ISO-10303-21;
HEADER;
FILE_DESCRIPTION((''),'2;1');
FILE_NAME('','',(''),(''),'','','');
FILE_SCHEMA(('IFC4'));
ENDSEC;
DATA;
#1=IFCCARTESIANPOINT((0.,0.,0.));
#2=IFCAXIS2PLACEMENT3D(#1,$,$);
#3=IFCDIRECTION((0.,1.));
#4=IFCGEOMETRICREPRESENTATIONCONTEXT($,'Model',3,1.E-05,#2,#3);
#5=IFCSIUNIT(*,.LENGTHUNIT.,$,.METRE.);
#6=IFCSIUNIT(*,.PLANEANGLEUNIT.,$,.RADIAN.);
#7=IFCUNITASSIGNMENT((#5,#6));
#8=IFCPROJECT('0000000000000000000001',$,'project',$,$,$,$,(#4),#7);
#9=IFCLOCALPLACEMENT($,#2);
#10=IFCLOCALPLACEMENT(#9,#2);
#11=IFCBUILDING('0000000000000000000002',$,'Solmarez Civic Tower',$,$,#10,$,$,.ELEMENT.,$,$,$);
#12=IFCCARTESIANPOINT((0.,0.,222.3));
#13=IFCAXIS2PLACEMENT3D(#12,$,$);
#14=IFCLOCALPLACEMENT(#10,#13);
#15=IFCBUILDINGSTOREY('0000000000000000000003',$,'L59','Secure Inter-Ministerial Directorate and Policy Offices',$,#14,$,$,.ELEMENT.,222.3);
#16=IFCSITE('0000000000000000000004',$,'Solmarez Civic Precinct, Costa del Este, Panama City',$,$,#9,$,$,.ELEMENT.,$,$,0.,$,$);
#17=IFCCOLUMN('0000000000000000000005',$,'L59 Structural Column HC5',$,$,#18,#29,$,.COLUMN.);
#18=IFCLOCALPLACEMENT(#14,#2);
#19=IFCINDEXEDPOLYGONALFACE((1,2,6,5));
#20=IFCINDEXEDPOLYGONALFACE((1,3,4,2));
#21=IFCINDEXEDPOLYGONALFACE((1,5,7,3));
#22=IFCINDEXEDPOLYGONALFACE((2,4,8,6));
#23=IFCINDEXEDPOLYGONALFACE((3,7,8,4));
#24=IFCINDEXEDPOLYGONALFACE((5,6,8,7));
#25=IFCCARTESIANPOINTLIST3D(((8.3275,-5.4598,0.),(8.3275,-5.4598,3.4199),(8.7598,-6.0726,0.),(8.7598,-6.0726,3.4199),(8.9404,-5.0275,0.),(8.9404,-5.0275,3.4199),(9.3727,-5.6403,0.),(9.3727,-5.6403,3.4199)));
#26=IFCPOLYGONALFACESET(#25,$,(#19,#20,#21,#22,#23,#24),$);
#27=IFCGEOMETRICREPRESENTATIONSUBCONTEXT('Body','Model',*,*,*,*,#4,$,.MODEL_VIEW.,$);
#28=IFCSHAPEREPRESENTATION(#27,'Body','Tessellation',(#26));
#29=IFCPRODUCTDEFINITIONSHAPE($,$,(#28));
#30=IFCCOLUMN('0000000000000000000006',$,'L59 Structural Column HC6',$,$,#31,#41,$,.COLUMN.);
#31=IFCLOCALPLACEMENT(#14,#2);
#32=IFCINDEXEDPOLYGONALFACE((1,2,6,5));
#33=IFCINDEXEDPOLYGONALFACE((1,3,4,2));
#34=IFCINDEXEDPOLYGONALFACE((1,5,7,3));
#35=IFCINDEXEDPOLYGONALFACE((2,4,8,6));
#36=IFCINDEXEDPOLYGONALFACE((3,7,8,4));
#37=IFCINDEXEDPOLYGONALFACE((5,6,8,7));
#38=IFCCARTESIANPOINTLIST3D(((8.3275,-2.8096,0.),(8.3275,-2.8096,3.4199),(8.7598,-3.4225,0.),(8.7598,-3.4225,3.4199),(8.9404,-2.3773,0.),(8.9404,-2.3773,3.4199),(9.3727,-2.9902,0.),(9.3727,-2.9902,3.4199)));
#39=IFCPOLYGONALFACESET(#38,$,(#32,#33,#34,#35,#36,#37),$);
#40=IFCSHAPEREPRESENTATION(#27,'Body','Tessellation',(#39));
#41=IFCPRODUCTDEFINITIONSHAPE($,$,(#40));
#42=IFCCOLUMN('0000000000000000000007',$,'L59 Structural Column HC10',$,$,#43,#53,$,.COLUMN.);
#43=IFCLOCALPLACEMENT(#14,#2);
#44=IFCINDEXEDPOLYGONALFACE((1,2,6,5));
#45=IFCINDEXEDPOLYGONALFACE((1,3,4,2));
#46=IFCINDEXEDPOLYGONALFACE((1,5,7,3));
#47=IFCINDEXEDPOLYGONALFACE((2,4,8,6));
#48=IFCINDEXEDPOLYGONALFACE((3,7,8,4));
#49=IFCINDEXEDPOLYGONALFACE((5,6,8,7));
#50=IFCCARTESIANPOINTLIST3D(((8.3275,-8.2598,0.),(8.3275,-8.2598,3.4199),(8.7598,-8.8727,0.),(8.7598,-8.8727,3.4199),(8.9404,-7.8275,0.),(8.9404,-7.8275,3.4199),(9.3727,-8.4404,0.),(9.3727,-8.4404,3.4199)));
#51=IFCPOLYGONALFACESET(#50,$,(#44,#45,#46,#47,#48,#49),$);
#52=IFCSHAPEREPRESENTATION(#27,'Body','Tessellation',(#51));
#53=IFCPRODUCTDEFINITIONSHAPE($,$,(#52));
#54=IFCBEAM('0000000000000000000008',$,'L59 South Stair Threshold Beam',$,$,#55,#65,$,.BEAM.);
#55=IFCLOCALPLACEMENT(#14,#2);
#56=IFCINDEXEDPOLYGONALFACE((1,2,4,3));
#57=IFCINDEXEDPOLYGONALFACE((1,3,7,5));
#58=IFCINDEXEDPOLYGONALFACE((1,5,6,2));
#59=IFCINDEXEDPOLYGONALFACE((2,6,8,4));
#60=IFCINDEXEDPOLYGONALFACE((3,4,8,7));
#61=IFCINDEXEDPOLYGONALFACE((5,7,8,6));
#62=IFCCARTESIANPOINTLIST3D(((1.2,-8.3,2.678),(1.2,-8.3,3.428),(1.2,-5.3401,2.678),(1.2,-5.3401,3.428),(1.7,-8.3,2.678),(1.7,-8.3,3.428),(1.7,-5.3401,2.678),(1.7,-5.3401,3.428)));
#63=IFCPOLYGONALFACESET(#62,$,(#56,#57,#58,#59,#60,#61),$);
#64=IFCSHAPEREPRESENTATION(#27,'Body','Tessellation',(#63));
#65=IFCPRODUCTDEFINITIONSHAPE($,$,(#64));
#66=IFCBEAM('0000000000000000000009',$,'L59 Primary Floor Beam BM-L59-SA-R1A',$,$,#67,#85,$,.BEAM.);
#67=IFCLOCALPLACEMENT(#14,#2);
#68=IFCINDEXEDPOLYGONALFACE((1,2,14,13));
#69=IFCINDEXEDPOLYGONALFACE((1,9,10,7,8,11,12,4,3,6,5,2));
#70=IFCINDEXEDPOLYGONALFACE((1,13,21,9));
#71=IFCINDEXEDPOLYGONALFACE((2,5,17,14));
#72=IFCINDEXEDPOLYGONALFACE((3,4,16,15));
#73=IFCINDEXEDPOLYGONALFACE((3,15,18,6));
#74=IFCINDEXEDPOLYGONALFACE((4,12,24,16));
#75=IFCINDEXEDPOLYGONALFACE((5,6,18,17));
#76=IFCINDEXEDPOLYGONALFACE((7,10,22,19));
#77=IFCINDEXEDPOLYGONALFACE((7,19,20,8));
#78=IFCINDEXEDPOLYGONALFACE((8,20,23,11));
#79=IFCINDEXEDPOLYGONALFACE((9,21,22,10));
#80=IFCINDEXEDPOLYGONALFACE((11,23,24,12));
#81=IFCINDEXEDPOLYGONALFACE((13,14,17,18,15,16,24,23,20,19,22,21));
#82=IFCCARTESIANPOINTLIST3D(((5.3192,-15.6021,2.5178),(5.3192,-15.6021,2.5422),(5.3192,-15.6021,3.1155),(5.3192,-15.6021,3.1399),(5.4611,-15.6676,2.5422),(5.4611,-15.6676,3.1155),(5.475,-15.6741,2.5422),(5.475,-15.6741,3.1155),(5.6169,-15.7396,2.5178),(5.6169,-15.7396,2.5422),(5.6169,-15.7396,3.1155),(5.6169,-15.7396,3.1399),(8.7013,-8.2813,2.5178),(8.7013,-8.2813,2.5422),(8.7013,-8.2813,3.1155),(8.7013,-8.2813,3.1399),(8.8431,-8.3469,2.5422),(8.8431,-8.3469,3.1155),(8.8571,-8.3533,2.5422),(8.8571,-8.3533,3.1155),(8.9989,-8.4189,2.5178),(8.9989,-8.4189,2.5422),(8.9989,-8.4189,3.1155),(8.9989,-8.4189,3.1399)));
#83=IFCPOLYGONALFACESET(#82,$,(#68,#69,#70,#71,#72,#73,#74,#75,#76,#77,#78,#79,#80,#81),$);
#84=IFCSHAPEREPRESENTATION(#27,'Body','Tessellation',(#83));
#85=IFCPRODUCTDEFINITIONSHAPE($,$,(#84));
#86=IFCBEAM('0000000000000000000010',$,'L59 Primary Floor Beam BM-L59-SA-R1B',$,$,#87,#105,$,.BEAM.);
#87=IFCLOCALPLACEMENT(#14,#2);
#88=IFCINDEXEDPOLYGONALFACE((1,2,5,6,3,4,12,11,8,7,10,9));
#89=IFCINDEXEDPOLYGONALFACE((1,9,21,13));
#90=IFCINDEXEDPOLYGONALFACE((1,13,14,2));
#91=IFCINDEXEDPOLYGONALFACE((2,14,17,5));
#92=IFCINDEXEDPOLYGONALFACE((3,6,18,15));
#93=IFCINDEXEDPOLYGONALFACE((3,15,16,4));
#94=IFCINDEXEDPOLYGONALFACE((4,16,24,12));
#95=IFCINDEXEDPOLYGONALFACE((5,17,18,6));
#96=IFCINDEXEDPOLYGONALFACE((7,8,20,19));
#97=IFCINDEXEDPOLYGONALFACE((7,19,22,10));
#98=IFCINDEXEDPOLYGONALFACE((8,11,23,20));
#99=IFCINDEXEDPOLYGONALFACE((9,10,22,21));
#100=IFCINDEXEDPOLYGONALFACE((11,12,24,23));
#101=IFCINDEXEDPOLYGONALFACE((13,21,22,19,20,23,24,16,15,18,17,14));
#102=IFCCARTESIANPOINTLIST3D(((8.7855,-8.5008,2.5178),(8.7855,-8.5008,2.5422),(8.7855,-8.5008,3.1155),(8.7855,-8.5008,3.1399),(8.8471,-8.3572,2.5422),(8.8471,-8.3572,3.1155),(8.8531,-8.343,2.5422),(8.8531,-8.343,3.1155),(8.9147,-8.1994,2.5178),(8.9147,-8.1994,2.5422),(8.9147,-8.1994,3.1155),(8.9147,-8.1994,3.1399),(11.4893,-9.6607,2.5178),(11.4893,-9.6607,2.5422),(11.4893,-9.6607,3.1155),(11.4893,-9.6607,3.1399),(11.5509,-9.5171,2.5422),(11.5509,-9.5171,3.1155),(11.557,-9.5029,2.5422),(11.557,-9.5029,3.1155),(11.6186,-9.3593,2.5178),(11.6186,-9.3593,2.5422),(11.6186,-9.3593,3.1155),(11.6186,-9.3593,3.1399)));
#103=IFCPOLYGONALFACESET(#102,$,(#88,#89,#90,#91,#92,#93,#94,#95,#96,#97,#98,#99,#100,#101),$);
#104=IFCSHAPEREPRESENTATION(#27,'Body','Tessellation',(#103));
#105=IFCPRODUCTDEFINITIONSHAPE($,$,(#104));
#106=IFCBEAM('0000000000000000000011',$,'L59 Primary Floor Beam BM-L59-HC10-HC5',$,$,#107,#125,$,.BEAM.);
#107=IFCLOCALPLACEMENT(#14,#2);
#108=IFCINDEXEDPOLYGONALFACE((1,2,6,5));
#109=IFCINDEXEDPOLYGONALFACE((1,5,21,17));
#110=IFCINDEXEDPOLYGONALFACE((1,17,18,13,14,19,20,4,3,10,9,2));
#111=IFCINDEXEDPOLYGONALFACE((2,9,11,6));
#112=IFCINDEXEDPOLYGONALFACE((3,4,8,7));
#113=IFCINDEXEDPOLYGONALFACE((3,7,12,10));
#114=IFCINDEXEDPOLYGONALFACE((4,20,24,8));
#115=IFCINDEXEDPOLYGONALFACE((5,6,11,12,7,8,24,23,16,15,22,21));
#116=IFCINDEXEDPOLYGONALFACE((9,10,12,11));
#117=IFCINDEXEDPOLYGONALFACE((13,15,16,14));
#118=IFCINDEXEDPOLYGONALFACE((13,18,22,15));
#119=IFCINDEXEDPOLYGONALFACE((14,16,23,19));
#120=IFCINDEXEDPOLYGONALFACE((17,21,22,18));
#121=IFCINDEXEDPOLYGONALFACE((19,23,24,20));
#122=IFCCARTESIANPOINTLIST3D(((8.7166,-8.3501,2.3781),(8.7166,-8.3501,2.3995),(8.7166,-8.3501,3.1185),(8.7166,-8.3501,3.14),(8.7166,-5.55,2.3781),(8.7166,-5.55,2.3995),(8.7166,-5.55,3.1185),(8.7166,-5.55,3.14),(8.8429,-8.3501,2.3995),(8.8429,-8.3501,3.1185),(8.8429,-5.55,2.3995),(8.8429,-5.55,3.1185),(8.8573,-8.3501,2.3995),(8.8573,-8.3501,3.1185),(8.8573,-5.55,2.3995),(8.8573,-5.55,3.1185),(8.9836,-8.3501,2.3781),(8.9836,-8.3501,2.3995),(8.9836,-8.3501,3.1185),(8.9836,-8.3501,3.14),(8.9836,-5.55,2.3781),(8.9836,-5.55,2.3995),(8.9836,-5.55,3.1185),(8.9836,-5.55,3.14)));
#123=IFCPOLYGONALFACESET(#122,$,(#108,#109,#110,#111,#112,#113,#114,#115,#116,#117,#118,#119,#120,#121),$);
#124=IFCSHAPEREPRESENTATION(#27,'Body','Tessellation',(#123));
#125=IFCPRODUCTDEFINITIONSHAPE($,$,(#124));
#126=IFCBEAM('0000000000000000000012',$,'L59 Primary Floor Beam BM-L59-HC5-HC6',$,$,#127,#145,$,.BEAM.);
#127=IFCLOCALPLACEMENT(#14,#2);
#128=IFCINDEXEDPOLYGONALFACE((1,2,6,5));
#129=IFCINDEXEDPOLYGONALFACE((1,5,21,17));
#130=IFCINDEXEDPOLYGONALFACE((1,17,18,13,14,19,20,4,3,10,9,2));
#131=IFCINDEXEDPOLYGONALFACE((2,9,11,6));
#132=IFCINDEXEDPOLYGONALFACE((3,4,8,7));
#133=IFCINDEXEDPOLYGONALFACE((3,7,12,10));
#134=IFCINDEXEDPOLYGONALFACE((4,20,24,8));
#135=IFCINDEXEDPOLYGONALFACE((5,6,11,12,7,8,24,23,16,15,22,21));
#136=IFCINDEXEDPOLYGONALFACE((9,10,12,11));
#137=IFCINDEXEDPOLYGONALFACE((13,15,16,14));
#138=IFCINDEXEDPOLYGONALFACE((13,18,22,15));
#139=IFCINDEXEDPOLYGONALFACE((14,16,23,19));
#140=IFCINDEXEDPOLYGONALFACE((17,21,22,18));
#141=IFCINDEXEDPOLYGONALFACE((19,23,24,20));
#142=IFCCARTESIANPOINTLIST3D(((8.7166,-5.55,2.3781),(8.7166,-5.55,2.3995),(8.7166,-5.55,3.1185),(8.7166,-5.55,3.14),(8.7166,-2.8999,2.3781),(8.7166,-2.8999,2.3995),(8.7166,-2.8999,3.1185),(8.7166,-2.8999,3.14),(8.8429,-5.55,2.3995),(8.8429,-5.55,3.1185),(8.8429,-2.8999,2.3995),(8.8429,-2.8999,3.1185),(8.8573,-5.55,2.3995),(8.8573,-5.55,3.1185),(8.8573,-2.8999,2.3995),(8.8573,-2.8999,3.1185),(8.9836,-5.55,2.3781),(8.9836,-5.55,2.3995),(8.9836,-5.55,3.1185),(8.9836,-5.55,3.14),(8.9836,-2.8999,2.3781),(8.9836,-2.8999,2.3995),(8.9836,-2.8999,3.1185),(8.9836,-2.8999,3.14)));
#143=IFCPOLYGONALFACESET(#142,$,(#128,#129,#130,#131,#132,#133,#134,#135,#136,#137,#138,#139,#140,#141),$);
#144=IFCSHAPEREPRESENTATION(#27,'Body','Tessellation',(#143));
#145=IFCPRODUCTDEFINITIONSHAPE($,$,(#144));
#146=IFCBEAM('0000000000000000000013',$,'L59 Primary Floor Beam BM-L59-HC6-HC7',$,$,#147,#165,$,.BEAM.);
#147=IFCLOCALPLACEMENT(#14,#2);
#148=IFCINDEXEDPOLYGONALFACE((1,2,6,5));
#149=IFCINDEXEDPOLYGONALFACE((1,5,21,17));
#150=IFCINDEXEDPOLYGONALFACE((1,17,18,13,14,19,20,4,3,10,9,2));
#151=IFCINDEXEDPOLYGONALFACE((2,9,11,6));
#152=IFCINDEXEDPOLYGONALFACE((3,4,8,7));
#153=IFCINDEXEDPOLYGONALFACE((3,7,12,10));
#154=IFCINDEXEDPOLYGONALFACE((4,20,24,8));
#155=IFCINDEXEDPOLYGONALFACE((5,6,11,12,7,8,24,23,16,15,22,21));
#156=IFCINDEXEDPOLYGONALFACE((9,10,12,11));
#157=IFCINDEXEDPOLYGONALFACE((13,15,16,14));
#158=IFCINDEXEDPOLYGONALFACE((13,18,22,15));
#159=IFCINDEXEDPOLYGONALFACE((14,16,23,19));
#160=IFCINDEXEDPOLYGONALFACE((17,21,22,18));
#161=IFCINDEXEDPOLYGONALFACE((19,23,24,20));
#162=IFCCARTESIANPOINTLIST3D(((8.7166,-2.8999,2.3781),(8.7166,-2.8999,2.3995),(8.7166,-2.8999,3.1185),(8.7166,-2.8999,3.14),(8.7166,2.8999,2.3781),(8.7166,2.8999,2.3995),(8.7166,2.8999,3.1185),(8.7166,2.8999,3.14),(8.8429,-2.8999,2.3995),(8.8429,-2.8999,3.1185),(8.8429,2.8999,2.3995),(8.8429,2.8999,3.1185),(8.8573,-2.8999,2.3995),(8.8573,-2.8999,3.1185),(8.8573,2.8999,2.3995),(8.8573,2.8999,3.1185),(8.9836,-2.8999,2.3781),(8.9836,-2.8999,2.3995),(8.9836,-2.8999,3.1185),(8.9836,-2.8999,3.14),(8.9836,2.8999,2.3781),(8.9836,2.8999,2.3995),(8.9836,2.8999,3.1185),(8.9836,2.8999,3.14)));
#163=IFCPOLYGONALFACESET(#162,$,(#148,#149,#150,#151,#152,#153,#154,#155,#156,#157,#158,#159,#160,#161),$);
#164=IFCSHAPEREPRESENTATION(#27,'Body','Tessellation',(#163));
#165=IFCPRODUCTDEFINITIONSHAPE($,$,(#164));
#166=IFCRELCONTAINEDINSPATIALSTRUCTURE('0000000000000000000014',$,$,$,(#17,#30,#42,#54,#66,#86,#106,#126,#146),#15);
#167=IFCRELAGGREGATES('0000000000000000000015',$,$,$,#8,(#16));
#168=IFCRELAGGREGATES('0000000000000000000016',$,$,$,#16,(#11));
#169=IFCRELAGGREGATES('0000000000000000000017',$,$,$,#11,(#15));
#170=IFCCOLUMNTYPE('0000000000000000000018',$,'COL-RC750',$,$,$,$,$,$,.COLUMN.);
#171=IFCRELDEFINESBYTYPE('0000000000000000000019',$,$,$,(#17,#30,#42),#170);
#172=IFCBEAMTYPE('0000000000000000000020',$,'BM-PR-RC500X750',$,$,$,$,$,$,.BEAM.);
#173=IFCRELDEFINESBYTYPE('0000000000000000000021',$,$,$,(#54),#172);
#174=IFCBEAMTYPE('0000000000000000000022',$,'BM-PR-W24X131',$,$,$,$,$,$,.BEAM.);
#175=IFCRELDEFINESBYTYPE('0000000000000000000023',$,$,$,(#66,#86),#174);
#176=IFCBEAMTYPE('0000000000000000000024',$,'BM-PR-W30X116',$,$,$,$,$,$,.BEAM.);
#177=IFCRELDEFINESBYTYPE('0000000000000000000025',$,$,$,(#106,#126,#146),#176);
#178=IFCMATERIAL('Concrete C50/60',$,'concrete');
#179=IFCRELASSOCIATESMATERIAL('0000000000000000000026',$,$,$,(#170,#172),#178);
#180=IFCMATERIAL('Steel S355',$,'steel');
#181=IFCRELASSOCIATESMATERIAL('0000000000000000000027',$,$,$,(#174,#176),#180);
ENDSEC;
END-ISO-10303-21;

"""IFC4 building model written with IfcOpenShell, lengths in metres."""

from ifc_helpers import new_model, si_unit, direction, frame, origin, origin_2d, place, context, subcontext, project, spatial, rectangle, i_section, extrude, material, material_profile, profile_set, type_object, element, save


model = new_model("IFC4")

# Units and contexts
model_context = context("Model", 3, precision=1e-05, world=origin(), true_north=direction((0.0, 1.0)))
body_context = subcontext(model_context, "Body", "Model", "MODEL_VIEW")
ifc_project = project(units=[si_unit("LENGTHUNIT", "METRE"), si_unit("PLANEANGLEUNIT", "RADIAN")], contexts=[model_context])

# Site, building, storey
site_placement = place(None, origin())
site = spatial("IfcSite", under=ifc_project, at=site_placement, Name="Solmarez Civic Precinct, Costa del Este, Panama City", CompositionType="ELEMENT", RefElevation=0.0)
building_placement = place(site_placement, origin())
building = spatial("IfcBuilding", under=site, at=building_placement, Name="Solmarez Civic Tower", CompositionType="ELEMENT")
storey_placement = place(building_placement, frame((0.0, 0.0, 222.3)))
storey = spatial("IfcBuildingStorey", under=building, at=storey_placement, Name="L59", Description="Secure Inter-Ministerial Directorate and Policy Offices", CompositionType="ELEMENT", Elevation=222.3)

# Columns
ifc_material_1 = material(Name="Concrete C50/60", Category="concrete")
ifc_material_profile_1 = material_profile(ifc_material_1, rectangle(XDim=0.75, YDim=0.75, at=origin_2d()), Name="RC750X750")
ifc_profile_set_1 = profile_set([ifc_material_profile_1], Name="Concrete C50/60")
column_type = type_object("IfcColumnType", Name="COL-RC750", PredefinedType="COLUMN", material=ifc_profile_set_1)
for number, where, z_axis, x_axis, name in (
    (1, (8.8501, -5.55, 0.0), (0.0, 0.0, 1.0), (0.817145, 0.576432, 0.0), "L59 Structural Column HC5"),
    (2, (8.8501, -2.8999, 0.0), (0.0, 0.0, 1.0), (0.817145, 0.576432, 0.0), "L59 Structural Column HC6"),
    (3, (8.8501, -8.3501, 0.0), (0.0, 0.0, 1.0), (0.817145, 0.576432, 0.0), "L59 Structural Column HC10"),
):
    element("IfcColumn", number, at=place(storey_placement, frame(where, z_axis=z_axis, x_axis=x_axis)), inside=storey, type_object=column_type, Name=name, PredefinedType="COLUMN", context=body_context, shape_type="SweptSolid", body=[
        extrude(rectangle(XDim=0.75, YDim=0.75, at=origin_2d()), origin(), (0.0, 0.0, 1.0), 3.4199),
    ])

# Beams
ifc_material_profile_2 = material_profile(ifc_material_1, rectangle(XDim=0.5, YDim=0.75, at=origin_2d()), Name="RC500X750")
ifc_profile_set_2 = profile_set([ifc_material_profile_2], Name="Concrete C50/60")
beam_type_1 = type_object("IfcBeamType", Name="BM-PR-RC500X750", PredefinedType="BEAM", material=ifc_profile_set_2)
beam_1_placement = place(storey_placement, frame((1.45, -8.3, 3.053), z_axis=(0.0, 1.0, 0.0), x_axis=(-1.0, 0.0, 0.0)))
element("IfcBeam", 4, at=beam_1_placement, inside=storey, type_object=beam_type_1, Name="L59 South Stair Threshold Beam", PredefinedType="BEAM", context=body_context, shape_type="SweptSolid", body=[
    extrude(rectangle(XDim=0.5, YDim=0.75, at=origin_2d()), origin(), (0.0, 0.0, 1.0), 2.96),
])
ifc_material_2 = material(Name="Steel S355", Category="steel")
ifc_material_profile_3 = material_profile(ifc_material_2, i_section(OverallWidth=0.3279, OverallDepth=0.6221, WebThickness=0.0154, FlangeThickness=0.0244, at=origin_2d()), Name="W24X131")
ifc_profile_set_3 = profile_set([ifc_material_profile_3], Name="Steel S355")
beam_type_2 = type_object("IfcBeamType", Name="BM-PR-W24X131", PredefinedType="BEAM", material=ifc_profile_set_3)
beam_2_placement = place(storey_placement, frame((8.8501, -8.3501, 2.8289), z_axis=(-0.41939, -0.907806, 0.0), x_axis=(0.907806, -0.41939, 0.0)))
element("IfcBeam", 5, at=beam_2_placement, inside=storey, type_object=beam_type_2, Name="L59 Primary Floor Beam BM-L59-SA-R1A", PredefinedType="BEAM", context=body_context, shape_type="SweptSolid", body=[
    extrude(i_section(OverallWidth=0.3279, OverallDepth=0.6221, WebThickness=0.0154, FlangeThickness=0.0244, at=origin_2d()), origin(), (0.0, 0.0, 1.0), 8.0642),
])
beam_3_placement = place(storey_placement, frame((8.8501, -8.3501, 2.8289), z_axis=(0.919008, -0.39424, 0.0), x_axis=(0.39424, 0.919008, 0.0)))
element("IfcBeam", 6, at=beam_3_placement, inside=storey, type_object=beam_type_2, Name="L59 Primary Floor Beam BM-L59-SA-R1B", PredefinedType="BEAM", context=body_context, shape_type="SweptSolid", body=[
    extrude(i_section(OverallWidth=0.3279, OverallDepth=0.6221, WebThickness=0.0154, FlangeThickness=0.0244, at=origin_2d()), origin(), (0.0, 0.0, 1.0), 2.9421),
])
ifc_material_profile_4 = material_profile(ifc_material_2, i_section(OverallWidth=0.2671, OverallDepth=0.762, WebThickness=0.0144, FlangeThickness=0.0215, at=origin_2d()), Name="W30X116")
ifc_profile_set_4 = profile_set([ifc_material_profile_4], Name="Steel S355")
beam_type_3 = type_object("IfcBeamType", Name="BM-PR-W30X116", PredefinedType="BEAM", material=ifc_profile_set_4)
beam_4_placement = place(storey_placement, frame((8.8501, -8.3501, 2.759), z_axis=(0.0, 1.0, 0.0), x_axis=(-1.0, 0.0, 0.0)))
element("IfcBeam", 7, at=beam_4_placement, inside=storey, type_object=beam_type_3, Name="L59 Primary Floor Beam BM-L59-HC10-HC5", PredefinedType="BEAM", context=body_context, shape_type="SweptSolid", body=[
    extrude(i_section(OverallWidth=0.2671, OverallDepth=0.762, WebThickness=0.0144, FlangeThickness=0.0215, at=origin_2d()), origin(), (0.0, 0.0, 1.0), 2.8),
])
beam_5_placement = place(storey_placement, frame((8.8501, -5.55, 2.759), z_axis=(0.0, 1.0, 0.0), x_axis=(-1.0, 0.0, 0.0)))
element("IfcBeam", 8, at=beam_5_placement, inside=storey, type_object=beam_type_3, Name="L59 Primary Floor Beam BM-L59-HC5-HC6", PredefinedType="BEAM", context=body_context, shape_type="SweptSolid", body=[
    extrude(i_section(OverallWidth=0.2671, OverallDepth=0.762, WebThickness=0.0144, FlangeThickness=0.0215, at=origin_2d()), origin(), (0.0, 0.0, 1.0), 2.6501),
])
beam_6_placement = place(storey_placement, frame((8.8501, -2.8999, 2.759), z_axis=(0.0, 1.0, 0.0), x_axis=(-1.0, 0.0, 0.0)))
element("IfcBeam", 9, at=beam_6_placement, inside=storey, type_object=beam_type_3, Name="L59 Primary Floor Beam BM-L59-HC6-HC7", PredefinedType="BEAM", context=body_context, shape_type="SweptSolid", body=[
    extrude(i_section(OverallWidth=0.2671, OverallDepth=0.762, WebThickness=0.0144, FlangeThickness=0.0215, at=origin_2d()), origin(), (0.0, 0.0, 1.0), 5.7998),
])

save(model, "model.ifc")
